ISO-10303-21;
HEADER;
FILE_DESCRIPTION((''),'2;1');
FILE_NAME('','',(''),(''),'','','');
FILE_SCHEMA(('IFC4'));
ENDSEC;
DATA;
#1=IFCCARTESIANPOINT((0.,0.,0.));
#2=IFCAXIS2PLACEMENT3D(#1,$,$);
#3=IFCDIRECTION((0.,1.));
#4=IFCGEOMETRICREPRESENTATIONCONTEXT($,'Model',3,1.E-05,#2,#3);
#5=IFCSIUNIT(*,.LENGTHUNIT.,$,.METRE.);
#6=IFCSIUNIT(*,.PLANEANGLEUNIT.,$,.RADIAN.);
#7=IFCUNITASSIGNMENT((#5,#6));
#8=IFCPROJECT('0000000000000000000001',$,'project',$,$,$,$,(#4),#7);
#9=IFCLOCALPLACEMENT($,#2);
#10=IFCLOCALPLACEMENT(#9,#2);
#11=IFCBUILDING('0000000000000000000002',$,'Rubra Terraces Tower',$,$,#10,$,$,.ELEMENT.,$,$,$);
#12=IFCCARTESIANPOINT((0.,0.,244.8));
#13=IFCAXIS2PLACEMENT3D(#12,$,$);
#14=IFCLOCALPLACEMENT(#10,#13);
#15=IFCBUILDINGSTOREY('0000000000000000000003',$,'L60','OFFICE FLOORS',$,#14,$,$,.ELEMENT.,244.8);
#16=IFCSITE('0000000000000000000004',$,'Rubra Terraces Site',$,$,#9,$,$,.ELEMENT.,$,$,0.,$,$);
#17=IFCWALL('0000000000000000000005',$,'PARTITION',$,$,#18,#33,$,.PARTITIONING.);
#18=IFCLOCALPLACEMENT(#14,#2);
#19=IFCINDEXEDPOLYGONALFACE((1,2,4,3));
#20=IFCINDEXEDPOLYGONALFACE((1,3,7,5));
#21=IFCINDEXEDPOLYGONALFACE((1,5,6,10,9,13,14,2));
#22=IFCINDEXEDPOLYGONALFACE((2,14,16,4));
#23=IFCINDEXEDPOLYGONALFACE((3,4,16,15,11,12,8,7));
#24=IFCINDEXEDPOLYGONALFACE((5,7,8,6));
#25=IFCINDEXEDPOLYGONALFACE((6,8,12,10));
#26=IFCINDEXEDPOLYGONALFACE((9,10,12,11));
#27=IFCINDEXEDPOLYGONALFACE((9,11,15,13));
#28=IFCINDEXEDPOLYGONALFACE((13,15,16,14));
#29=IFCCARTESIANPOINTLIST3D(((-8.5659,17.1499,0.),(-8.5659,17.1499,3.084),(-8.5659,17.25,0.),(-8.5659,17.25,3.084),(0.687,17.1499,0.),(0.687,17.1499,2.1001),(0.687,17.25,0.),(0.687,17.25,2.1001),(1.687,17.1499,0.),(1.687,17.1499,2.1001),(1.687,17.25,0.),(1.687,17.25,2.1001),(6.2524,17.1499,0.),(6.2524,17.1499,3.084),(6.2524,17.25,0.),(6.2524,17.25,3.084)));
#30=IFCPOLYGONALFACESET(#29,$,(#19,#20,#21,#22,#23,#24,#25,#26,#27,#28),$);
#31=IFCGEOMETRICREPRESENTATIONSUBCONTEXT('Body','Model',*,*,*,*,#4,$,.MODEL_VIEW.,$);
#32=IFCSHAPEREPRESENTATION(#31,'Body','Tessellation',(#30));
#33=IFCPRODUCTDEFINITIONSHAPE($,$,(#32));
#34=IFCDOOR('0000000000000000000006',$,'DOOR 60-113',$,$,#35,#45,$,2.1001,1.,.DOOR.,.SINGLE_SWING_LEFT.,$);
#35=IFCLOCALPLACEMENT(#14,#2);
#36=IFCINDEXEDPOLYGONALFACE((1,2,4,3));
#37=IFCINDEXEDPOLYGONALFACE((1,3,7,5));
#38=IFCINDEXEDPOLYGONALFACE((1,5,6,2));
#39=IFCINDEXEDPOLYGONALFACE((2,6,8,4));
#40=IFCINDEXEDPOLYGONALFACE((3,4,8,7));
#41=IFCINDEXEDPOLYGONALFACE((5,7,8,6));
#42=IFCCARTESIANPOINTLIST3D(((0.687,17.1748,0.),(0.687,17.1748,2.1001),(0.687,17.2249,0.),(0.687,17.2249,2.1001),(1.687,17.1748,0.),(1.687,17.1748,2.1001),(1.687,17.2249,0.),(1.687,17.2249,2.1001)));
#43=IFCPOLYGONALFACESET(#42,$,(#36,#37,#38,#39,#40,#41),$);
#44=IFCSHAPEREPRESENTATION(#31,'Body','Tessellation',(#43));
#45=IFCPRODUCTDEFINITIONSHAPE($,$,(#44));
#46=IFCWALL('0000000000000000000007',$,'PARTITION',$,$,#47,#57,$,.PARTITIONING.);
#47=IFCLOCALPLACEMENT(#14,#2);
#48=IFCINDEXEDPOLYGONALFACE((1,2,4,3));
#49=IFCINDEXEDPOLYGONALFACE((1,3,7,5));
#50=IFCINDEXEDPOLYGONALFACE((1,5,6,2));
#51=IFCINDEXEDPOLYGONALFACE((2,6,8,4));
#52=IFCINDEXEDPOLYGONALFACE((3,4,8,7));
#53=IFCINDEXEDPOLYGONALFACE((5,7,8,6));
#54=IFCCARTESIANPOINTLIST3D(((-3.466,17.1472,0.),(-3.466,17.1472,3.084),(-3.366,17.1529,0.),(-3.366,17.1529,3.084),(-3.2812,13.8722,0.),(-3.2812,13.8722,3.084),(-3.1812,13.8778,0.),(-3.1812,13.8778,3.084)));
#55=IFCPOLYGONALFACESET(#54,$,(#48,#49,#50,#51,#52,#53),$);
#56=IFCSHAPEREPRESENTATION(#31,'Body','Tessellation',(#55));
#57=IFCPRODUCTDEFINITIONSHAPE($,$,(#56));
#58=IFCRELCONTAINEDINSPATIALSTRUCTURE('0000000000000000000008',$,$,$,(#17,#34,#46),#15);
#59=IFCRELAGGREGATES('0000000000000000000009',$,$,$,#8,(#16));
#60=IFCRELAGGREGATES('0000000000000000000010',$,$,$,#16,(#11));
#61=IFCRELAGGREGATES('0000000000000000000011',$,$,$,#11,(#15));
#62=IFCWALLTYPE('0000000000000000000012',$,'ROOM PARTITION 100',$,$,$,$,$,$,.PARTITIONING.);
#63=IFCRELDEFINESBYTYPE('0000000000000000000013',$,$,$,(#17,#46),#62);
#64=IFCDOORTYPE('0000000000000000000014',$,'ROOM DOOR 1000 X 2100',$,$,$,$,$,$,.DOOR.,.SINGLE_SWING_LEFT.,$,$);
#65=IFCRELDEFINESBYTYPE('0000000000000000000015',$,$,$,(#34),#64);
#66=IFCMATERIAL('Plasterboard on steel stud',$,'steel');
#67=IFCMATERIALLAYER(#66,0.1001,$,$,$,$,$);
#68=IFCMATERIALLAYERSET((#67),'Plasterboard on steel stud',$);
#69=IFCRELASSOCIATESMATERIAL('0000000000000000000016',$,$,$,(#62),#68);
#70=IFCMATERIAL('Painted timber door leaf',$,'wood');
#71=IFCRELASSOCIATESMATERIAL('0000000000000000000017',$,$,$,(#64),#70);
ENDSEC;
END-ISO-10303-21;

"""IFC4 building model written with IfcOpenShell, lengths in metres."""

from ifc_helpers import new_model, si_unit, direction, frame, frame_2d, origin, place, context, subcontext, project, spatial, rectangle, extrude, material, layer, layer_set, type_object, element, fill, save


model = new_model("IFC4")

# Units and contexts
model_context = context("Model", 3, precision=1e-05, world=origin(), true_north=direction((0.0, 1.0)))
body_context = subcontext(model_context, "Body", "Model", "MODEL_VIEW")
ifc_project = project(units=[si_unit("LENGTHUNIT", "METRE"), si_unit("PLANEANGLEUNIT", "RADIAN")], contexts=[model_context])

# Site, building, storey
site_placement = place(None, origin())
site = spatial("IfcSite", under=ifc_project, at=site_placement, Name="Rubra Terraces Site", CompositionType="ELEMENT", RefElevation=0.0)
building_placement = place(site_placement, origin())
building = spatial("IfcBuilding", under=site, at=building_placement, Name="Rubra Terraces Tower", CompositionType="ELEMENT")
storey_placement = place(building_placement, frame((0.0, 0.0, 244.8)))
storey = spatial("IfcBuildingStorey", under=building, at=storey_placement, Name="L60", Description="OFFICE FLOORS", CompositionType="ELEMENT", Elevation=244.8)

# Wall, opening, door
ifc_material_1 = material(Name="Plasterboard on steel stud", Category="steel")
ifc_layer_1 = layer(ifc_material_1, 0.1001)
ifc_layer_set_1 = layer_set([ifc_layer_1], Name="Plasterboard on steel stud")
wall_type_1 = type_object("IfcWallType", Name="ROOM PARTITION 100", PredefinedType="PARTITIONING", material=ifc_layer_set_1)
wall_1_placement = place(storey_placement, frame((-8.5659, 17.2, 0.0), z_axis=(0.0, 0.0, 1.0), x_axis=(1.0, 0.0, 0.0)))
wall_1 = element("IfcWall", 1, at=wall_1_placement, inside=storey, type_object=wall_type_1, Name="PARTITION", PredefinedType="PARTITIONING", context=body_context, shape_type="SweptSolid", body=[
    extrude(rectangle(XDim=14.8184, YDim=0.1001, at=frame_2d((7.4092, 0.0))), origin(), (0.0, 0.0, 1.0), 3.084),
])
opening_1_placement = place(wall_1_placement, frame((9.2529, 0.0, 0.0)))
opening_1 = element("IfcOpeningElement", 2, at=opening_1_placement, cuts=wall_1, PredefinedType="OPENING", context=body_context, shape_type="SweptSolid", body=[
    extrude(rectangle(XDim=1.0, YDim=2.1001, at=frame_2d((0.5, 1.05))), frame((0.0, 0.0601, 0.0), z_axis=(0.0, -1.0, 0.0), x_axis=(1.0, 0.0, 0.0)), (0.0, 0.0, 1.0), 0.1201),
])
ifc_material_2 = material(Name="Painted timber door leaf", Category="wood")
door_type = type_object("IfcDoorType", Name="ROOM DOOR 1000 X 2100", OperationType="SINGLE_SWING_LEFT", PredefinedType="DOOR", material=ifc_material_2)
door_placement = place(opening_1_placement, origin())
door = element("IfcDoor", 3, at=door_placement, inside=storey, type_object=door_type, Name="DOOR 60-113", OperationType="SINGLE_SWING_LEFT", OverallHeight=2.1001, OverallWidth=1.0, PredefinedType="DOOR", context=body_context, shape_type="SweptSolid", body=[
    extrude(rectangle(XDim=1.0, YDim=2.1001, at=frame_2d((0.5, 1.05))), frame((0.0, 0.0249, 0.0), z_axis=(0.0, -1.0, 0.0), x_axis=(1.0, 0.0, 0.0)), (0.0, 0.0, 1.0), 0.05),
])
fill(opening_1, door)

# Wall
wall_2_placement = place(storey_placement, frame((-3.2312, 13.875, 0.0), z_axis=(0.0, 0.0, 1.0), x_axis=(-0.05634, 0.998412, 0.0)))
element("IfcWall", 4, at=wall_2_placement, inside=storey, type_object=wall_type_1, Name="PARTITION", PredefinedType="PARTITIONING", context=body_context, shape_type="SweptSolid", body=[
    extrude(rectangle(XDim=3.2803, YDim=0.1001, at=frame_2d((1.6401, 0.0))), origin(), (0.0, 0.0, 1.0), 3.084),
])

save(model, "model.ifc")
